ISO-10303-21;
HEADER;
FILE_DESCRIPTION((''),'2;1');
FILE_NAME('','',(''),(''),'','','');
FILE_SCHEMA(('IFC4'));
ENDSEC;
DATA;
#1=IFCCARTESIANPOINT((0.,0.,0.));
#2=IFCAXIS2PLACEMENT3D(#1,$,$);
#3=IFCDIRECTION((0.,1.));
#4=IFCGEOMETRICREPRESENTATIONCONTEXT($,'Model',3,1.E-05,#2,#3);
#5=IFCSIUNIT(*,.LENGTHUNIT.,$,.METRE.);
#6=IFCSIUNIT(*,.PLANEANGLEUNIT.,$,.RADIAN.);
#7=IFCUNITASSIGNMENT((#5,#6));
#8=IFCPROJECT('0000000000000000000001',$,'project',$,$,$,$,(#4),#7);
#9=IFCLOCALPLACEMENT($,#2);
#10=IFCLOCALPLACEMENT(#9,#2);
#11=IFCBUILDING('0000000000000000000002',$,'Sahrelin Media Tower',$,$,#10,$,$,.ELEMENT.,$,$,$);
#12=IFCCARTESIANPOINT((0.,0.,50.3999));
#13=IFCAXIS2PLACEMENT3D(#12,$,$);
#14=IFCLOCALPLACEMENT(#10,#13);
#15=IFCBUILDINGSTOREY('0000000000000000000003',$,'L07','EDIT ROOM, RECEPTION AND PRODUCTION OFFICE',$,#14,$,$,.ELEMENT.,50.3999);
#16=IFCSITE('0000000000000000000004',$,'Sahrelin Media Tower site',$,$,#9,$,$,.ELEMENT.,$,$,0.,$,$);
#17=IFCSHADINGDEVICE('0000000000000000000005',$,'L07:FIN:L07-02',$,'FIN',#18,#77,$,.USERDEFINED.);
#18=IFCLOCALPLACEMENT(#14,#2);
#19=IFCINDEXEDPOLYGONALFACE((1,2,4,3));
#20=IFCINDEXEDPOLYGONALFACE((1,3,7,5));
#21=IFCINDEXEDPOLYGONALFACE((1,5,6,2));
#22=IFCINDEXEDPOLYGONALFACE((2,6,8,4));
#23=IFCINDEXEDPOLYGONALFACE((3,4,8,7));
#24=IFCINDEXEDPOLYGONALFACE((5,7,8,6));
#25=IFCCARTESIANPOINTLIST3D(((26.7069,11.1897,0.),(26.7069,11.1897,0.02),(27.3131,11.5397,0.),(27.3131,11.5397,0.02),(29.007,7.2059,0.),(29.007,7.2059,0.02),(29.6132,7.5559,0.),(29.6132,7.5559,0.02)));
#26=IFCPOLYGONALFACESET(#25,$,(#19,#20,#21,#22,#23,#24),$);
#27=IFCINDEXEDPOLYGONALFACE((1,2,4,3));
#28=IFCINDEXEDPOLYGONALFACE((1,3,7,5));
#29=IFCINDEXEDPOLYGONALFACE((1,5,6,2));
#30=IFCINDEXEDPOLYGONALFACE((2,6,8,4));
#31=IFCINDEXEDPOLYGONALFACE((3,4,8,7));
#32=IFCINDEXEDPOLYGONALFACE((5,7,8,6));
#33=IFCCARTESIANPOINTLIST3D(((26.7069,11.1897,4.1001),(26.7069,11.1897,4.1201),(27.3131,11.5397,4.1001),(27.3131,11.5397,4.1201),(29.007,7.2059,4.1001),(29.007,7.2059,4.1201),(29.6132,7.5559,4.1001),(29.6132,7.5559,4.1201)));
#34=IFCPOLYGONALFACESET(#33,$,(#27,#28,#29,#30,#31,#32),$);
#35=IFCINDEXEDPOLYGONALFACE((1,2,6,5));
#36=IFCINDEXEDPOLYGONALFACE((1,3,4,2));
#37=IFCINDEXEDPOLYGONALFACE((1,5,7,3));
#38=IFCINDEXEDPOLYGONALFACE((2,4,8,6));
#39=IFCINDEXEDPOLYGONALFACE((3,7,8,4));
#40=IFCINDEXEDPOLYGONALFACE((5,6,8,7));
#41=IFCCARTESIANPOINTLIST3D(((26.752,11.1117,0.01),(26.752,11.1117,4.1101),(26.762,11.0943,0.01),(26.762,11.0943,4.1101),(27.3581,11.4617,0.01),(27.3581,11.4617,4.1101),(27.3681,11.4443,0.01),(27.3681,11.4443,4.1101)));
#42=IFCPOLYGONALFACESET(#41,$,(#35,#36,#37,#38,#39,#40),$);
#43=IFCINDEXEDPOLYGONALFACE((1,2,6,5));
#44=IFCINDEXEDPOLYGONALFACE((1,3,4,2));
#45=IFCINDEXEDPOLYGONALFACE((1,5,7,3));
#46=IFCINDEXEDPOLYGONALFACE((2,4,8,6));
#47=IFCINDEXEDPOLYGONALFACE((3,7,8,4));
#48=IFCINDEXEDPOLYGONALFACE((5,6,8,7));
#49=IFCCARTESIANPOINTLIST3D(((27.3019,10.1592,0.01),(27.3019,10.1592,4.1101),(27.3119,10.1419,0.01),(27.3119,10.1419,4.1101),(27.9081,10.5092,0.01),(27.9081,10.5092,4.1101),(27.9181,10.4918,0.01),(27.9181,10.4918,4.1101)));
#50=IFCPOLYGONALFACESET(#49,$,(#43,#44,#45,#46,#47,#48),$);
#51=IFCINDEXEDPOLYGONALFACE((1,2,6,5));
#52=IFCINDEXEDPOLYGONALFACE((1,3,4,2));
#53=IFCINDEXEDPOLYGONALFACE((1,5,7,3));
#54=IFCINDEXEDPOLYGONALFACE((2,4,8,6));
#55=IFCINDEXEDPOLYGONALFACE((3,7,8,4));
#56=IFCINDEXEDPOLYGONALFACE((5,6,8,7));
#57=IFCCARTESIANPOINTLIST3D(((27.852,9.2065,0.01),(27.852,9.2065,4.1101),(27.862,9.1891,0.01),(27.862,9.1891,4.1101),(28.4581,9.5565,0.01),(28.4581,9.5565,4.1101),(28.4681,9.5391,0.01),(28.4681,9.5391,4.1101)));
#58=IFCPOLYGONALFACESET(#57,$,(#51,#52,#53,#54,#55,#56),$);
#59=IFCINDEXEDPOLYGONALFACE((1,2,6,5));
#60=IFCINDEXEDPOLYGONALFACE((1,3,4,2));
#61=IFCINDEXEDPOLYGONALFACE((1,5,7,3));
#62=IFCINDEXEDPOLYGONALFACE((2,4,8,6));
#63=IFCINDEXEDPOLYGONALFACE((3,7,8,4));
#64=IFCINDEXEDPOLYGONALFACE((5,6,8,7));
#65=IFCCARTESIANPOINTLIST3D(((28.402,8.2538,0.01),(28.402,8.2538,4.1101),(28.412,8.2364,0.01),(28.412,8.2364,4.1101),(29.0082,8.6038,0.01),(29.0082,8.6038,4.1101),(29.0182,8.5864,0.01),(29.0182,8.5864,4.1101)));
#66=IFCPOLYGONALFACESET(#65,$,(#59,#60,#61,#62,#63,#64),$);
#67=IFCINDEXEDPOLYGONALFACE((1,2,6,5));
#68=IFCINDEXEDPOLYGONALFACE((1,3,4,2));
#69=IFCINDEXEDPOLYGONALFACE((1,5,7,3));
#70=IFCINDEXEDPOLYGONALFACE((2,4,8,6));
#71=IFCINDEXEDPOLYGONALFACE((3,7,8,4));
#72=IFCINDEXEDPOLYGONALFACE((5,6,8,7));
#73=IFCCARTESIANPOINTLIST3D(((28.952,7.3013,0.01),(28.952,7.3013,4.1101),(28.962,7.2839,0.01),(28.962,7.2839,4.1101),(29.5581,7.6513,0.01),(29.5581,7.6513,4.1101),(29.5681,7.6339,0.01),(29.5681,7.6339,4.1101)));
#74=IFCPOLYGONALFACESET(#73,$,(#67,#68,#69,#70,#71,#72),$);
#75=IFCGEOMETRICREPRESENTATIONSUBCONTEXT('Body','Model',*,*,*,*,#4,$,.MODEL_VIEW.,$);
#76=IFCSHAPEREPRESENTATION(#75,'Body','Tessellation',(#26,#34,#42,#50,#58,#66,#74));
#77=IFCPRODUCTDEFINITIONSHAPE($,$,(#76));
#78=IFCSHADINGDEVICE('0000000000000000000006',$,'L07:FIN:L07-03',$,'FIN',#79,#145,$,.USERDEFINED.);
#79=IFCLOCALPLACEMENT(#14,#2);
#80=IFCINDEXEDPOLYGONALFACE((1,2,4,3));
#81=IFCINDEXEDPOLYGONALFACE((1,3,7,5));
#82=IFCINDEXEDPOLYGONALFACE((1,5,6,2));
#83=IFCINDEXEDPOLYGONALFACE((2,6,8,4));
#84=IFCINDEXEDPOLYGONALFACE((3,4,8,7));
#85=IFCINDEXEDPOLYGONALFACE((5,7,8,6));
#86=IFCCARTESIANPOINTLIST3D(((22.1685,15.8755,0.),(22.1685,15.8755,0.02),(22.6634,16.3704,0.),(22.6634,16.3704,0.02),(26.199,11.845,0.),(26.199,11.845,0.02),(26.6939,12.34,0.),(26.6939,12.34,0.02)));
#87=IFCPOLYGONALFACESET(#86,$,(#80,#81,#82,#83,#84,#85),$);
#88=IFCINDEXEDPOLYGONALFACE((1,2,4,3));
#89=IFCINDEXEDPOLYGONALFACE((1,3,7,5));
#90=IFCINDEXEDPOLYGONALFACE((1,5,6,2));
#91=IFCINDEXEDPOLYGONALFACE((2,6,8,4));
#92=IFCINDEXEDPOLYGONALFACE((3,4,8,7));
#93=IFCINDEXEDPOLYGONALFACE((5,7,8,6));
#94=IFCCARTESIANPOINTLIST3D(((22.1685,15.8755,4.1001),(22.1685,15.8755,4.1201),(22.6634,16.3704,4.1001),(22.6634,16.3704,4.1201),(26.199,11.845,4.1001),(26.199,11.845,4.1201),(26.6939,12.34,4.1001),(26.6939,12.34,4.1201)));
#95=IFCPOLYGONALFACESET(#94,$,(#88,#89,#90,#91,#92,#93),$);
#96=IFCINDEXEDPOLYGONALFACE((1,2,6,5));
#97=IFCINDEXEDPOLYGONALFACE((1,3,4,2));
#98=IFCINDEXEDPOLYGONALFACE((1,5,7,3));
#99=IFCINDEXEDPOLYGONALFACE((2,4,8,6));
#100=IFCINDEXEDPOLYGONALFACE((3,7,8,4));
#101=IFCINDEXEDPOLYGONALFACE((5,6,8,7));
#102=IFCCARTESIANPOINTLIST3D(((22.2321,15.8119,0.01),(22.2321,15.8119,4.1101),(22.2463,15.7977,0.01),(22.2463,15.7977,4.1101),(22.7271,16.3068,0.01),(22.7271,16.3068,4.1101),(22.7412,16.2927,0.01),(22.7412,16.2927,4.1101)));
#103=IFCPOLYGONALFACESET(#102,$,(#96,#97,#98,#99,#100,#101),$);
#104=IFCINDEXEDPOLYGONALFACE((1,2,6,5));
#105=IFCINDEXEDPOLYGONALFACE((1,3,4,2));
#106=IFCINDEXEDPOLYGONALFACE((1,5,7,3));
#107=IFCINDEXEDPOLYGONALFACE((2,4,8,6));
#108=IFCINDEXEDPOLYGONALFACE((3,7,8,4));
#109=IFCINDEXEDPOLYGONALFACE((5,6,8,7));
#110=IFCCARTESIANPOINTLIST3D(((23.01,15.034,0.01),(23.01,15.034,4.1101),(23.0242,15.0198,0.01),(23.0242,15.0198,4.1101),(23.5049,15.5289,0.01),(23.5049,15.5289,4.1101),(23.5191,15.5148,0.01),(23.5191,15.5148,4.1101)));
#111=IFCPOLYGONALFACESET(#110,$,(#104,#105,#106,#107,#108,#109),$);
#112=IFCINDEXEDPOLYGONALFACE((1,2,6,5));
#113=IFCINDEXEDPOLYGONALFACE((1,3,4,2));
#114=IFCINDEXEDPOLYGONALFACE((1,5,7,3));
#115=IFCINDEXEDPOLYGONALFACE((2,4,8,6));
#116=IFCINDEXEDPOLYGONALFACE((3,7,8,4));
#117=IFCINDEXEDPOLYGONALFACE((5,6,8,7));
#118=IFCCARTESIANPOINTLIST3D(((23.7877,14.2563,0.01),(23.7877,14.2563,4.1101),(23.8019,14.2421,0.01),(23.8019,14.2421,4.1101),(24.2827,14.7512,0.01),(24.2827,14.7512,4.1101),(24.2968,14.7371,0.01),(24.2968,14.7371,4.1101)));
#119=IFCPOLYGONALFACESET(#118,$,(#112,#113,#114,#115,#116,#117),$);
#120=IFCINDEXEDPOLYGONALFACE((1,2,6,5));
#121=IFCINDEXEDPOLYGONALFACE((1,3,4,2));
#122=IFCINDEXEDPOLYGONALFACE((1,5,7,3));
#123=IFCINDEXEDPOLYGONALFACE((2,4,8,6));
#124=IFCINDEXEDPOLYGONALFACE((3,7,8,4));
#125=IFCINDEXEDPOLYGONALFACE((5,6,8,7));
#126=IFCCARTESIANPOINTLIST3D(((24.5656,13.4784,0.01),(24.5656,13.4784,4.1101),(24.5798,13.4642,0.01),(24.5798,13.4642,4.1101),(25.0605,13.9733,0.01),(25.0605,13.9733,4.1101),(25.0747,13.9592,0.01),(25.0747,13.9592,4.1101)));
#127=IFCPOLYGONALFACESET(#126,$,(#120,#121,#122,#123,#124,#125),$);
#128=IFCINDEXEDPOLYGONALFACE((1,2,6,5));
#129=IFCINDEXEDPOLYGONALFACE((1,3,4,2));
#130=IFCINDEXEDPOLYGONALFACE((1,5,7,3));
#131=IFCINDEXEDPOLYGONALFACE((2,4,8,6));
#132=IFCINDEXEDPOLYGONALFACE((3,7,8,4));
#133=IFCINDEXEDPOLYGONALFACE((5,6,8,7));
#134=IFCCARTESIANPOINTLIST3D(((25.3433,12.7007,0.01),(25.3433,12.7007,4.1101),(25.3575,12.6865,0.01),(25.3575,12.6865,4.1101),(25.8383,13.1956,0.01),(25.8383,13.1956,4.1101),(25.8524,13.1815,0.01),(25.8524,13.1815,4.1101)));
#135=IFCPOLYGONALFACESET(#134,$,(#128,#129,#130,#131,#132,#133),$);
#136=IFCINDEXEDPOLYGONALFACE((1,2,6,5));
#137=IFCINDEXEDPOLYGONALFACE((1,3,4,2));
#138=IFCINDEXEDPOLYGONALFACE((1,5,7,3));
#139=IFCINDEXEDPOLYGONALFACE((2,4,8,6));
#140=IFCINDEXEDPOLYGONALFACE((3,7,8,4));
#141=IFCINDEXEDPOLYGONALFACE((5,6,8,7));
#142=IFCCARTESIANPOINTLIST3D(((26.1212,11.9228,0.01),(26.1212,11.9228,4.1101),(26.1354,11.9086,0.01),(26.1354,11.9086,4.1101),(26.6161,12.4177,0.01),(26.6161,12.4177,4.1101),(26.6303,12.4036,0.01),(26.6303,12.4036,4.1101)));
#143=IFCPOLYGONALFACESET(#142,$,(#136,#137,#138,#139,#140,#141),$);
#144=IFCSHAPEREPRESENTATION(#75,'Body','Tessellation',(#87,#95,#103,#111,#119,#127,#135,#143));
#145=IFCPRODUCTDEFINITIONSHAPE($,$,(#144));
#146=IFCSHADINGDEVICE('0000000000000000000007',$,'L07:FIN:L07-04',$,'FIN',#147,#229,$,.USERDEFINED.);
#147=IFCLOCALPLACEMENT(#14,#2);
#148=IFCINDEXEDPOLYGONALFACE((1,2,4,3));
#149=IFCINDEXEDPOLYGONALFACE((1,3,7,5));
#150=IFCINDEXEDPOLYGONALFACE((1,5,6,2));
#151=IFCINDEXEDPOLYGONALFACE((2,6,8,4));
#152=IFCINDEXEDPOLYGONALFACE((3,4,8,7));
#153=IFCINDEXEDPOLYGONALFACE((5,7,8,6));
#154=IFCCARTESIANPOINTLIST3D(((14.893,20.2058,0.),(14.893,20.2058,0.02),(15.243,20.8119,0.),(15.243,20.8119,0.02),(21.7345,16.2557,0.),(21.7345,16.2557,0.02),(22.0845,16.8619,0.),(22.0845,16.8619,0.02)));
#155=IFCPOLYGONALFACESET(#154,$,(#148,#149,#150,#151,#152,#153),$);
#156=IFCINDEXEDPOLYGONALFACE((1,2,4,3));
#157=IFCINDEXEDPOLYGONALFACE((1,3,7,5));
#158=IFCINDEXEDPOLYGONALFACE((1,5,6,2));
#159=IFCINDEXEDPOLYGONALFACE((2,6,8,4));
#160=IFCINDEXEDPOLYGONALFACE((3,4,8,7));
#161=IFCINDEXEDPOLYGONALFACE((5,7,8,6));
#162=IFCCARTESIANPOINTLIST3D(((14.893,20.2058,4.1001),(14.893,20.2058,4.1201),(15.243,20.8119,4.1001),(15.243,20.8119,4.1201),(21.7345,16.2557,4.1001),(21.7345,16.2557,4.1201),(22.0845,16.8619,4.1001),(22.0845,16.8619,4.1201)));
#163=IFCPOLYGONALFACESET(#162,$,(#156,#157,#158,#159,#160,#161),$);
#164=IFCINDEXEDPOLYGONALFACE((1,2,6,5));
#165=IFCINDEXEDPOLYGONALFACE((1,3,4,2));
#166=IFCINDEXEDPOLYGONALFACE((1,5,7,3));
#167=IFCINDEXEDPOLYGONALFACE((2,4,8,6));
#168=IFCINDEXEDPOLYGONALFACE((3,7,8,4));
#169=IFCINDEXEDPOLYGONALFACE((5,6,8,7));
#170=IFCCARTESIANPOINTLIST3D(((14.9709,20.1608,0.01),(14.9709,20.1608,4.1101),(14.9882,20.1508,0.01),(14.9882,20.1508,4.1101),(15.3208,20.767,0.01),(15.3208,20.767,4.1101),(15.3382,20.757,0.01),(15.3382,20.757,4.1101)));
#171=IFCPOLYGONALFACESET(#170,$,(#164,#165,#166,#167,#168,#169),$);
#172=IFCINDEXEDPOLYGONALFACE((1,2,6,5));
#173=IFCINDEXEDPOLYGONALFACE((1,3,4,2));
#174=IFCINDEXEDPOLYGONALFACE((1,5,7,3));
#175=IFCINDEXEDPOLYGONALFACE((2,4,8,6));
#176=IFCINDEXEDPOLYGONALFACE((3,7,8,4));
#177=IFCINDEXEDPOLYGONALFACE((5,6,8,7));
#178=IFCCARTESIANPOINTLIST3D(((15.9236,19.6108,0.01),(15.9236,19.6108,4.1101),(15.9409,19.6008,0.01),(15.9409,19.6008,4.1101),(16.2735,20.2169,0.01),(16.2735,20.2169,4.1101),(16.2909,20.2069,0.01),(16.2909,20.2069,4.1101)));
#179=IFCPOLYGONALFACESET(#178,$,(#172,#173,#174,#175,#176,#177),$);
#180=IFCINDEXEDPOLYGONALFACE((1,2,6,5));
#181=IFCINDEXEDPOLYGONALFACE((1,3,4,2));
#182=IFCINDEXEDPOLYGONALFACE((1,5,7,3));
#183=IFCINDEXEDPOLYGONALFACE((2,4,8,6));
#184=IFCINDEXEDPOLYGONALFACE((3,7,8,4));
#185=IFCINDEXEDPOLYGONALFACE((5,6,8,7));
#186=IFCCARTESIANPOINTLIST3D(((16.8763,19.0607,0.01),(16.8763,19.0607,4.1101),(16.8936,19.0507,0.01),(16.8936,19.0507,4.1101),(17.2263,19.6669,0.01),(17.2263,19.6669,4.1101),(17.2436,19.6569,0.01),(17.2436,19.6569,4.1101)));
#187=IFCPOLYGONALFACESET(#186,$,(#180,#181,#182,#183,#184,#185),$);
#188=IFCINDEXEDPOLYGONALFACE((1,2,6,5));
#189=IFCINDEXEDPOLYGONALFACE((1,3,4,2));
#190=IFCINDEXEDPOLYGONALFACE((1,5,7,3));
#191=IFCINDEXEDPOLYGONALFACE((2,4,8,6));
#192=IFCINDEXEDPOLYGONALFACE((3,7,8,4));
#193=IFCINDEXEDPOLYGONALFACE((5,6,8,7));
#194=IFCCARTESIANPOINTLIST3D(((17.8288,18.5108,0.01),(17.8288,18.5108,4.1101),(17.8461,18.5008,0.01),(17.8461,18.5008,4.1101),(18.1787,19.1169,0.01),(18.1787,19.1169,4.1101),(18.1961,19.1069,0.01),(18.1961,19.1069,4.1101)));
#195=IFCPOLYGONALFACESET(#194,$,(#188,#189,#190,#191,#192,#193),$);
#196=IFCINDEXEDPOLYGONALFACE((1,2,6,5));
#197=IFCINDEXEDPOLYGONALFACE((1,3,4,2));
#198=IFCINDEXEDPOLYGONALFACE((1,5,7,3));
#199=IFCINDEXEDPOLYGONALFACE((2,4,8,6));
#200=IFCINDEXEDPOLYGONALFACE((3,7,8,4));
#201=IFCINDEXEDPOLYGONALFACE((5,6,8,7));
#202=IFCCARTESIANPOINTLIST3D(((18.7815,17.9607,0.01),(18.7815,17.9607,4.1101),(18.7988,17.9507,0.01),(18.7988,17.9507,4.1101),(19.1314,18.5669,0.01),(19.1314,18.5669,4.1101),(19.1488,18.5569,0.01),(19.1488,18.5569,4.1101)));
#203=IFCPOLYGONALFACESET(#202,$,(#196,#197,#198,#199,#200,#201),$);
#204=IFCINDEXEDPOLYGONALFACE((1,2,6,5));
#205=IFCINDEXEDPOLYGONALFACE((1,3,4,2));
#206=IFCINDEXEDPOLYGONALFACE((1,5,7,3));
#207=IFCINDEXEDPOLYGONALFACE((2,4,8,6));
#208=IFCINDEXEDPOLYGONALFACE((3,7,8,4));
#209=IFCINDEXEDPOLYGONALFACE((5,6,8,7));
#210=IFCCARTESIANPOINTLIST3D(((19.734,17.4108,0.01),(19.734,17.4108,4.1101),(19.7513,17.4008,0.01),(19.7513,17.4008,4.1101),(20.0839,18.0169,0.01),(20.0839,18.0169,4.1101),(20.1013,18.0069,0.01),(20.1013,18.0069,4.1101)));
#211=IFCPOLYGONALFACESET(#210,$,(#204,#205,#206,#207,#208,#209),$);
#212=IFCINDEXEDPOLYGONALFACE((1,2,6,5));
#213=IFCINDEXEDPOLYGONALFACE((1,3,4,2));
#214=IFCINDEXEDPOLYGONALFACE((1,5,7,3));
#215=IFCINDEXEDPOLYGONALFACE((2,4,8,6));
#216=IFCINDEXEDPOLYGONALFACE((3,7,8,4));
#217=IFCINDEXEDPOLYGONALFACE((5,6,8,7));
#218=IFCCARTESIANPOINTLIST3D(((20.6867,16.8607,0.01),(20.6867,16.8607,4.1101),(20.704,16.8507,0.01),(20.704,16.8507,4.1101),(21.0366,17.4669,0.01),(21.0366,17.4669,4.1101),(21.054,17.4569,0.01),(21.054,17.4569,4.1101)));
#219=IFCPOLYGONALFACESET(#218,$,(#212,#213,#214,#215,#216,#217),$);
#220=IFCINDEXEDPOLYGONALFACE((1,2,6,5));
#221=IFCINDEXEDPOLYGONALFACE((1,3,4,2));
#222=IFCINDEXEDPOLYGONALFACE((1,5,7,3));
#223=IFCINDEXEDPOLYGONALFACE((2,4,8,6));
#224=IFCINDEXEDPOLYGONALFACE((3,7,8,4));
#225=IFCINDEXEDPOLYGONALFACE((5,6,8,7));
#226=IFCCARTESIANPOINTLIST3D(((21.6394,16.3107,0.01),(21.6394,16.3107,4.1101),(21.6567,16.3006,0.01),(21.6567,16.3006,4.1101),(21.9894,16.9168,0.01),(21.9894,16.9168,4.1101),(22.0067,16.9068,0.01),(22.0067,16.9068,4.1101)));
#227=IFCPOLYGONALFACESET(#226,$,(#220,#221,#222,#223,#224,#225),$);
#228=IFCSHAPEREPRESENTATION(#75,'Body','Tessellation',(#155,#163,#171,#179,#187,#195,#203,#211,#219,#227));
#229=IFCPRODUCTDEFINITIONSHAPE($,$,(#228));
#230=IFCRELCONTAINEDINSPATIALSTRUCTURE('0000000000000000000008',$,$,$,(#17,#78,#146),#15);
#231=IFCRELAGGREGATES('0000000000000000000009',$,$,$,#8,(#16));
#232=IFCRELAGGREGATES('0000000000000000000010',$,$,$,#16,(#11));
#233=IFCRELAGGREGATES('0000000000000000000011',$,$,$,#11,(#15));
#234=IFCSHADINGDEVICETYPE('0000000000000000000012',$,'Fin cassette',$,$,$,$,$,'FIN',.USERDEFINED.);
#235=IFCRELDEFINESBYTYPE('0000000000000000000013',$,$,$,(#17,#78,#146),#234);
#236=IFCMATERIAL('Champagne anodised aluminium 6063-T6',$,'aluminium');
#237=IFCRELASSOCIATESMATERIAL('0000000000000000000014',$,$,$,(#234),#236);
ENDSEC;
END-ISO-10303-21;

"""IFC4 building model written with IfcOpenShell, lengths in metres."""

from ifc_helpers import new_model, si_unit, direction, frame, origin, origin_2d, place, context, subcontext, project, spatial, rectangle, extrude, material, type_object, element, save


model = new_model("IFC4")

# Units and contexts
model_context = context("Model", 3, precision=1e-05, world=origin(), true_north=direction((0.0, 1.0)))
body_context = subcontext(model_context, "Body", "Model", "MODEL_VIEW")
ifc_project = project(units=[si_unit("LENGTHUNIT", "METRE"), si_unit("PLANEANGLEUNIT", "RADIAN")], contexts=[model_context])

# Site, building, storey
site_placement = place(None, origin())
site = spatial("IfcSite", under=ifc_project, at=site_placement, Name="Sahrelin Media Tower site", CompositionType="ELEMENT", RefElevation=0.0)
building_placement = place(site_placement, origin())
building = spatial("IfcBuilding", under=site, at=building_placement, Name="Sahrelin Media Tower", CompositionType="ELEMENT")
storey_placement = place(building_placement, frame((0.0, 0.0, 50.3999)))
storey = spatial("IfcBuildingStorey", under=building, at=storey_placement, Name="L07", Description="EDIT ROOM, RECEPTION AND PRODUCTION OFFICE", CompositionType="ELEMENT", Elevation=50.3999)

# Shared definitions
ifc_material_1 = material(Name="Champagne anodised aluminium 6063-T6", Category="aluminium")

# Shading devices
shading_device_type_1 = type_object("IfcShadingDeviceType", Name="Fin cassette", ElementType="FIN", PredefinedType="USERDEFINED", material=ifc_material_1)
placement_1 = place(storey_placement, frame((27.7964, 9.1628, 0.0), z_axis=(0.0, 0.0, 1.0), x_axis=(0.500011, -0.866019, 0.0)))
element("IfcShadingDevice", 1, at=placement_1, inside=storey, type_object=shading_device_type_1, Name="L07:FIN:L07-02", ObjectType="FIN", PredefinedType="USERDEFINED", context=body_context, shape_type="SweptSolid", body=[
    extrude(rectangle(XDim=4.6001, YDim=0.7, at=origin_2d()), frame((0.0, 0.4199, 0.0)), (0.0, 0.0, 1.0), 0.02),
    extrude(rectangle(XDim=4.6001, YDim=0.7, at=origin_2d()), frame((0.0, 0.4199, 4.1001)), (0.0, 0.0, 1.0), 0.02),
    extrude(rectangle(XDim=0.02, YDim=0.7, at=origin_2d()), frame((-2.2, 0.4199, 0.01), z_axis=(0.0, 0.0, 1.0), x_axis=(1.0, 0.0, 0.0)), (0.0, 0.0, 1.0), 4.1001),
    extrude(rectangle(XDim=0.02, YDim=0.7, at=origin_2d()), frame((-1.1001, 0.4199, 0.01), z_axis=(0.0, 0.0, 1.0), x_axis=(1.0, 0.0, 0.0)), (0.0, 0.0, 1.0), 4.1001),
    extrude(rectangle(XDim=0.02, YDim=0.7, at=origin_2d()), frame((0.0, 0.4199, 0.01), z_axis=(0.0, 0.0, 1.0), x_axis=(1.0, 0.0, 0.0)), (0.0, 0.0, 1.0), 4.1001),
    extrude(rectangle(XDim=0.02, YDim=0.7, at=origin_2d()), frame((1.1001, 0.4199, 0.01), z_axis=(0.0, 0.0, 1.0), x_axis=(1.0, 0.0, 0.0)), (0.0, 0.0, 1.0), 4.1001),
    extrude(rectangle(XDim=0.02, YDim=0.7, at=origin_2d()), frame((2.2, 0.4199, 0.01), z_axis=(0.0, 0.0, 1.0), x_axis=(1.0, 0.0, 0.0)), (0.0, 0.0, 1.0), 4.1001),
])
placement_2 = place(storey_placement, frame((24.1343, 13.8108, 0.0), z_axis=(0.0, 0.0, 1.0), x_axis=(0.707107, -0.707107, 0.0)))
element("IfcShadingDevice", 2, at=placement_2, inside=storey, type_object=shading_device_type_1, Name="L07:FIN:L07-03", ObjectType="FIN", PredefinedType="USERDEFINED", context=body_context, shape_type="SweptSolid", body=[
    extrude(rectangle(XDim=5.7, YDim=0.7, at=origin_2d()), frame((0.0, 0.4199, 0.0)), (0.0, 0.0, 1.0), 0.02),
    extrude(rectangle(XDim=5.7, YDim=0.7, at=origin_2d()), frame((0.0, 0.4199, 4.1001)), (0.0, 0.0, 1.0), 0.02),
    extrude(rectangle(XDim=0.02, YDim=0.7, at=origin_2d()), frame((-2.75, 0.4199, 0.01), z_axis=(0.0, 0.0, 1.0), x_axis=(1.0, 0.0, 0.0)), (0.0, 0.0, 1.0), 4.1001),
    extrude(rectangle(XDim=0.02, YDim=0.7, at=origin_2d()), frame((-1.6499, 0.4199, 0.01), z_axis=(0.0, 0.0, 1.0), x_axis=(1.0, 0.0, 0.0)), (0.0, 0.0, 1.0), 4.1001),
    extrude(rectangle(XDim=0.02, YDim=0.7, at=origin_2d()), frame((-0.55, 0.4199, 0.01), z_axis=(0.0, 0.0, 1.0), x_axis=(1.0, 0.0, 0.0)), (0.0, 0.0, 1.0), 4.1001),
    extrude(rectangle(XDim=0.02, YDim=0.7, at=origin_2d()), frame((0.55, 0.4199, 0.01), z_axis=(0.0, 0.0, 1.0), x_axis=(1.0, 0.0, 0.0)), (0.0, 0.0, 1.0), 4.1001),
    extrude(rectangle(XDim=0.02, YDim=0.7, at=origin_2d()), frame((1.6499, 0.4199, 0.01), z_axis=(0.0, 0.0, 1.0), x_axis=(1.0, 0.0, 0.0)), (0.0, 0.0, 1.0), 4.1001),
    extrude(rectangle(XDim=0.02, YDim=0.7, at=origin_2d()), frame((2.75, 0.4199, 0.01), z_axis=(0.0, 0.0, 1.0), x_axis=(1.0, 0.0, 0.0)), (0.0, 0.0, 1.0), 4.1001),
])
placement_3 = place(storey_placement, frame((18.2788, 18.1702, 0.0), z_axis=(0.0, 0.0, 1.0), x_axis=(0.866019, -0.500011, 0.0)))
element("IfcShadingDevice", 3, at=placement_3, inside=storey, type_object=shading_device_type_1, Name="L07:FIN:L07-04", ObjectType="FIN", PredefinedType="USERDEFINED", context=body_context, shape_type="SweptSolid", body=[
    extrude(rectangle(XDim=7.8999, YDim=0.7, at=origin_2d()), frame((0.0, 0.4199, 0.0)), (0.0, 0.0, 1.0), 0.02),
    extrude(rectangle(XDim=7.8999, YDim=0.7, at=origin_2d()), frame((0.0, 0.4199, 4.1001)), (0.0, 0.0, 1.0), 0.02),
    extrude(rectangle(XDim=0.02, YDim=0.7, at=origin_2d()), frame((-3.8501, 0.4199, 0.01), z_axis=(0.0, 0.0, 1.0), x_axis=(1.0, 0.0, 0.0)), (0.0, 0.0, 1.0), 4.1001),
    extrude(rectangle(XDim=0.02, YDim=0.7, at=origin_2d()), frame((-2.75, 0.4199, 0.01), z_axis=(0.0, 0.0, 1.0), x_axis=(1.0, 0.0, 0.0)), (0.0, 0.0, 1.0), 4.1001),
    extrude(rectangle(XDim=0.02, YDim=0.7, at=origin_2d()), frame((-1.6499, 0.4199, 0.01), z_axis=(0.0, 0.0, 1.0), x_axis=(1.0, 0.0, 0.0)), (0.0, 0.0, 1.0), 4.1001),
    extrude(rectangle(XDim=0.02, YDim=0.7, at=origin_2d()), frame((-0.55, 0.4199, 0.01), z_axis=(0.0, 0.0, 1.0), x_axis=(1.0, 0.0, 0.0)), (0.0, 0.0, 1.0), 4.1001),
    extrude(rectangle(XDim=0.02, YDim=0.7, at=origin_2d()), frame((0.55, 0.4199, 0.01), z_axis=(0.0, 0.0, 1.0), x_axis=(1.0, 0.0, 0.0)), (0.0, 0.0, 1.0), 4.1001),
    extrude(rectangle(XDim=0.02, YDim=0.7, at=origin_2d()), frame((1.6499, 0.4199, 0.01), z_axis=(0.0, 0.0, 1.0), x_axis=(1.0, 0.0, 0.0)), (0.0, 0.0, 1.0), 4.1001),
    extrude(rectangle(XDim=0.02, YDim=0.7, at=origin_2d()), frame((2.75, 0.4199, 0.01), z_axis=(0.0, 0.0, 1.0), x_axis=(1.0, 0.0, 0.0)), (0.0, 0.0, 1.0), 4.1001),
    extrude(rectangle(XDim=0.02, YDim=0.7, at=origin_2d()), frame((3.8501, 0.4199, 0.01), z_axis=(0.0, 0.0, 1.0), x_axis=(1.0, 0.0, 0.0)), (0.0, 0.0, 1.0), 4.1001),
])

save(model, "model.ifc")
